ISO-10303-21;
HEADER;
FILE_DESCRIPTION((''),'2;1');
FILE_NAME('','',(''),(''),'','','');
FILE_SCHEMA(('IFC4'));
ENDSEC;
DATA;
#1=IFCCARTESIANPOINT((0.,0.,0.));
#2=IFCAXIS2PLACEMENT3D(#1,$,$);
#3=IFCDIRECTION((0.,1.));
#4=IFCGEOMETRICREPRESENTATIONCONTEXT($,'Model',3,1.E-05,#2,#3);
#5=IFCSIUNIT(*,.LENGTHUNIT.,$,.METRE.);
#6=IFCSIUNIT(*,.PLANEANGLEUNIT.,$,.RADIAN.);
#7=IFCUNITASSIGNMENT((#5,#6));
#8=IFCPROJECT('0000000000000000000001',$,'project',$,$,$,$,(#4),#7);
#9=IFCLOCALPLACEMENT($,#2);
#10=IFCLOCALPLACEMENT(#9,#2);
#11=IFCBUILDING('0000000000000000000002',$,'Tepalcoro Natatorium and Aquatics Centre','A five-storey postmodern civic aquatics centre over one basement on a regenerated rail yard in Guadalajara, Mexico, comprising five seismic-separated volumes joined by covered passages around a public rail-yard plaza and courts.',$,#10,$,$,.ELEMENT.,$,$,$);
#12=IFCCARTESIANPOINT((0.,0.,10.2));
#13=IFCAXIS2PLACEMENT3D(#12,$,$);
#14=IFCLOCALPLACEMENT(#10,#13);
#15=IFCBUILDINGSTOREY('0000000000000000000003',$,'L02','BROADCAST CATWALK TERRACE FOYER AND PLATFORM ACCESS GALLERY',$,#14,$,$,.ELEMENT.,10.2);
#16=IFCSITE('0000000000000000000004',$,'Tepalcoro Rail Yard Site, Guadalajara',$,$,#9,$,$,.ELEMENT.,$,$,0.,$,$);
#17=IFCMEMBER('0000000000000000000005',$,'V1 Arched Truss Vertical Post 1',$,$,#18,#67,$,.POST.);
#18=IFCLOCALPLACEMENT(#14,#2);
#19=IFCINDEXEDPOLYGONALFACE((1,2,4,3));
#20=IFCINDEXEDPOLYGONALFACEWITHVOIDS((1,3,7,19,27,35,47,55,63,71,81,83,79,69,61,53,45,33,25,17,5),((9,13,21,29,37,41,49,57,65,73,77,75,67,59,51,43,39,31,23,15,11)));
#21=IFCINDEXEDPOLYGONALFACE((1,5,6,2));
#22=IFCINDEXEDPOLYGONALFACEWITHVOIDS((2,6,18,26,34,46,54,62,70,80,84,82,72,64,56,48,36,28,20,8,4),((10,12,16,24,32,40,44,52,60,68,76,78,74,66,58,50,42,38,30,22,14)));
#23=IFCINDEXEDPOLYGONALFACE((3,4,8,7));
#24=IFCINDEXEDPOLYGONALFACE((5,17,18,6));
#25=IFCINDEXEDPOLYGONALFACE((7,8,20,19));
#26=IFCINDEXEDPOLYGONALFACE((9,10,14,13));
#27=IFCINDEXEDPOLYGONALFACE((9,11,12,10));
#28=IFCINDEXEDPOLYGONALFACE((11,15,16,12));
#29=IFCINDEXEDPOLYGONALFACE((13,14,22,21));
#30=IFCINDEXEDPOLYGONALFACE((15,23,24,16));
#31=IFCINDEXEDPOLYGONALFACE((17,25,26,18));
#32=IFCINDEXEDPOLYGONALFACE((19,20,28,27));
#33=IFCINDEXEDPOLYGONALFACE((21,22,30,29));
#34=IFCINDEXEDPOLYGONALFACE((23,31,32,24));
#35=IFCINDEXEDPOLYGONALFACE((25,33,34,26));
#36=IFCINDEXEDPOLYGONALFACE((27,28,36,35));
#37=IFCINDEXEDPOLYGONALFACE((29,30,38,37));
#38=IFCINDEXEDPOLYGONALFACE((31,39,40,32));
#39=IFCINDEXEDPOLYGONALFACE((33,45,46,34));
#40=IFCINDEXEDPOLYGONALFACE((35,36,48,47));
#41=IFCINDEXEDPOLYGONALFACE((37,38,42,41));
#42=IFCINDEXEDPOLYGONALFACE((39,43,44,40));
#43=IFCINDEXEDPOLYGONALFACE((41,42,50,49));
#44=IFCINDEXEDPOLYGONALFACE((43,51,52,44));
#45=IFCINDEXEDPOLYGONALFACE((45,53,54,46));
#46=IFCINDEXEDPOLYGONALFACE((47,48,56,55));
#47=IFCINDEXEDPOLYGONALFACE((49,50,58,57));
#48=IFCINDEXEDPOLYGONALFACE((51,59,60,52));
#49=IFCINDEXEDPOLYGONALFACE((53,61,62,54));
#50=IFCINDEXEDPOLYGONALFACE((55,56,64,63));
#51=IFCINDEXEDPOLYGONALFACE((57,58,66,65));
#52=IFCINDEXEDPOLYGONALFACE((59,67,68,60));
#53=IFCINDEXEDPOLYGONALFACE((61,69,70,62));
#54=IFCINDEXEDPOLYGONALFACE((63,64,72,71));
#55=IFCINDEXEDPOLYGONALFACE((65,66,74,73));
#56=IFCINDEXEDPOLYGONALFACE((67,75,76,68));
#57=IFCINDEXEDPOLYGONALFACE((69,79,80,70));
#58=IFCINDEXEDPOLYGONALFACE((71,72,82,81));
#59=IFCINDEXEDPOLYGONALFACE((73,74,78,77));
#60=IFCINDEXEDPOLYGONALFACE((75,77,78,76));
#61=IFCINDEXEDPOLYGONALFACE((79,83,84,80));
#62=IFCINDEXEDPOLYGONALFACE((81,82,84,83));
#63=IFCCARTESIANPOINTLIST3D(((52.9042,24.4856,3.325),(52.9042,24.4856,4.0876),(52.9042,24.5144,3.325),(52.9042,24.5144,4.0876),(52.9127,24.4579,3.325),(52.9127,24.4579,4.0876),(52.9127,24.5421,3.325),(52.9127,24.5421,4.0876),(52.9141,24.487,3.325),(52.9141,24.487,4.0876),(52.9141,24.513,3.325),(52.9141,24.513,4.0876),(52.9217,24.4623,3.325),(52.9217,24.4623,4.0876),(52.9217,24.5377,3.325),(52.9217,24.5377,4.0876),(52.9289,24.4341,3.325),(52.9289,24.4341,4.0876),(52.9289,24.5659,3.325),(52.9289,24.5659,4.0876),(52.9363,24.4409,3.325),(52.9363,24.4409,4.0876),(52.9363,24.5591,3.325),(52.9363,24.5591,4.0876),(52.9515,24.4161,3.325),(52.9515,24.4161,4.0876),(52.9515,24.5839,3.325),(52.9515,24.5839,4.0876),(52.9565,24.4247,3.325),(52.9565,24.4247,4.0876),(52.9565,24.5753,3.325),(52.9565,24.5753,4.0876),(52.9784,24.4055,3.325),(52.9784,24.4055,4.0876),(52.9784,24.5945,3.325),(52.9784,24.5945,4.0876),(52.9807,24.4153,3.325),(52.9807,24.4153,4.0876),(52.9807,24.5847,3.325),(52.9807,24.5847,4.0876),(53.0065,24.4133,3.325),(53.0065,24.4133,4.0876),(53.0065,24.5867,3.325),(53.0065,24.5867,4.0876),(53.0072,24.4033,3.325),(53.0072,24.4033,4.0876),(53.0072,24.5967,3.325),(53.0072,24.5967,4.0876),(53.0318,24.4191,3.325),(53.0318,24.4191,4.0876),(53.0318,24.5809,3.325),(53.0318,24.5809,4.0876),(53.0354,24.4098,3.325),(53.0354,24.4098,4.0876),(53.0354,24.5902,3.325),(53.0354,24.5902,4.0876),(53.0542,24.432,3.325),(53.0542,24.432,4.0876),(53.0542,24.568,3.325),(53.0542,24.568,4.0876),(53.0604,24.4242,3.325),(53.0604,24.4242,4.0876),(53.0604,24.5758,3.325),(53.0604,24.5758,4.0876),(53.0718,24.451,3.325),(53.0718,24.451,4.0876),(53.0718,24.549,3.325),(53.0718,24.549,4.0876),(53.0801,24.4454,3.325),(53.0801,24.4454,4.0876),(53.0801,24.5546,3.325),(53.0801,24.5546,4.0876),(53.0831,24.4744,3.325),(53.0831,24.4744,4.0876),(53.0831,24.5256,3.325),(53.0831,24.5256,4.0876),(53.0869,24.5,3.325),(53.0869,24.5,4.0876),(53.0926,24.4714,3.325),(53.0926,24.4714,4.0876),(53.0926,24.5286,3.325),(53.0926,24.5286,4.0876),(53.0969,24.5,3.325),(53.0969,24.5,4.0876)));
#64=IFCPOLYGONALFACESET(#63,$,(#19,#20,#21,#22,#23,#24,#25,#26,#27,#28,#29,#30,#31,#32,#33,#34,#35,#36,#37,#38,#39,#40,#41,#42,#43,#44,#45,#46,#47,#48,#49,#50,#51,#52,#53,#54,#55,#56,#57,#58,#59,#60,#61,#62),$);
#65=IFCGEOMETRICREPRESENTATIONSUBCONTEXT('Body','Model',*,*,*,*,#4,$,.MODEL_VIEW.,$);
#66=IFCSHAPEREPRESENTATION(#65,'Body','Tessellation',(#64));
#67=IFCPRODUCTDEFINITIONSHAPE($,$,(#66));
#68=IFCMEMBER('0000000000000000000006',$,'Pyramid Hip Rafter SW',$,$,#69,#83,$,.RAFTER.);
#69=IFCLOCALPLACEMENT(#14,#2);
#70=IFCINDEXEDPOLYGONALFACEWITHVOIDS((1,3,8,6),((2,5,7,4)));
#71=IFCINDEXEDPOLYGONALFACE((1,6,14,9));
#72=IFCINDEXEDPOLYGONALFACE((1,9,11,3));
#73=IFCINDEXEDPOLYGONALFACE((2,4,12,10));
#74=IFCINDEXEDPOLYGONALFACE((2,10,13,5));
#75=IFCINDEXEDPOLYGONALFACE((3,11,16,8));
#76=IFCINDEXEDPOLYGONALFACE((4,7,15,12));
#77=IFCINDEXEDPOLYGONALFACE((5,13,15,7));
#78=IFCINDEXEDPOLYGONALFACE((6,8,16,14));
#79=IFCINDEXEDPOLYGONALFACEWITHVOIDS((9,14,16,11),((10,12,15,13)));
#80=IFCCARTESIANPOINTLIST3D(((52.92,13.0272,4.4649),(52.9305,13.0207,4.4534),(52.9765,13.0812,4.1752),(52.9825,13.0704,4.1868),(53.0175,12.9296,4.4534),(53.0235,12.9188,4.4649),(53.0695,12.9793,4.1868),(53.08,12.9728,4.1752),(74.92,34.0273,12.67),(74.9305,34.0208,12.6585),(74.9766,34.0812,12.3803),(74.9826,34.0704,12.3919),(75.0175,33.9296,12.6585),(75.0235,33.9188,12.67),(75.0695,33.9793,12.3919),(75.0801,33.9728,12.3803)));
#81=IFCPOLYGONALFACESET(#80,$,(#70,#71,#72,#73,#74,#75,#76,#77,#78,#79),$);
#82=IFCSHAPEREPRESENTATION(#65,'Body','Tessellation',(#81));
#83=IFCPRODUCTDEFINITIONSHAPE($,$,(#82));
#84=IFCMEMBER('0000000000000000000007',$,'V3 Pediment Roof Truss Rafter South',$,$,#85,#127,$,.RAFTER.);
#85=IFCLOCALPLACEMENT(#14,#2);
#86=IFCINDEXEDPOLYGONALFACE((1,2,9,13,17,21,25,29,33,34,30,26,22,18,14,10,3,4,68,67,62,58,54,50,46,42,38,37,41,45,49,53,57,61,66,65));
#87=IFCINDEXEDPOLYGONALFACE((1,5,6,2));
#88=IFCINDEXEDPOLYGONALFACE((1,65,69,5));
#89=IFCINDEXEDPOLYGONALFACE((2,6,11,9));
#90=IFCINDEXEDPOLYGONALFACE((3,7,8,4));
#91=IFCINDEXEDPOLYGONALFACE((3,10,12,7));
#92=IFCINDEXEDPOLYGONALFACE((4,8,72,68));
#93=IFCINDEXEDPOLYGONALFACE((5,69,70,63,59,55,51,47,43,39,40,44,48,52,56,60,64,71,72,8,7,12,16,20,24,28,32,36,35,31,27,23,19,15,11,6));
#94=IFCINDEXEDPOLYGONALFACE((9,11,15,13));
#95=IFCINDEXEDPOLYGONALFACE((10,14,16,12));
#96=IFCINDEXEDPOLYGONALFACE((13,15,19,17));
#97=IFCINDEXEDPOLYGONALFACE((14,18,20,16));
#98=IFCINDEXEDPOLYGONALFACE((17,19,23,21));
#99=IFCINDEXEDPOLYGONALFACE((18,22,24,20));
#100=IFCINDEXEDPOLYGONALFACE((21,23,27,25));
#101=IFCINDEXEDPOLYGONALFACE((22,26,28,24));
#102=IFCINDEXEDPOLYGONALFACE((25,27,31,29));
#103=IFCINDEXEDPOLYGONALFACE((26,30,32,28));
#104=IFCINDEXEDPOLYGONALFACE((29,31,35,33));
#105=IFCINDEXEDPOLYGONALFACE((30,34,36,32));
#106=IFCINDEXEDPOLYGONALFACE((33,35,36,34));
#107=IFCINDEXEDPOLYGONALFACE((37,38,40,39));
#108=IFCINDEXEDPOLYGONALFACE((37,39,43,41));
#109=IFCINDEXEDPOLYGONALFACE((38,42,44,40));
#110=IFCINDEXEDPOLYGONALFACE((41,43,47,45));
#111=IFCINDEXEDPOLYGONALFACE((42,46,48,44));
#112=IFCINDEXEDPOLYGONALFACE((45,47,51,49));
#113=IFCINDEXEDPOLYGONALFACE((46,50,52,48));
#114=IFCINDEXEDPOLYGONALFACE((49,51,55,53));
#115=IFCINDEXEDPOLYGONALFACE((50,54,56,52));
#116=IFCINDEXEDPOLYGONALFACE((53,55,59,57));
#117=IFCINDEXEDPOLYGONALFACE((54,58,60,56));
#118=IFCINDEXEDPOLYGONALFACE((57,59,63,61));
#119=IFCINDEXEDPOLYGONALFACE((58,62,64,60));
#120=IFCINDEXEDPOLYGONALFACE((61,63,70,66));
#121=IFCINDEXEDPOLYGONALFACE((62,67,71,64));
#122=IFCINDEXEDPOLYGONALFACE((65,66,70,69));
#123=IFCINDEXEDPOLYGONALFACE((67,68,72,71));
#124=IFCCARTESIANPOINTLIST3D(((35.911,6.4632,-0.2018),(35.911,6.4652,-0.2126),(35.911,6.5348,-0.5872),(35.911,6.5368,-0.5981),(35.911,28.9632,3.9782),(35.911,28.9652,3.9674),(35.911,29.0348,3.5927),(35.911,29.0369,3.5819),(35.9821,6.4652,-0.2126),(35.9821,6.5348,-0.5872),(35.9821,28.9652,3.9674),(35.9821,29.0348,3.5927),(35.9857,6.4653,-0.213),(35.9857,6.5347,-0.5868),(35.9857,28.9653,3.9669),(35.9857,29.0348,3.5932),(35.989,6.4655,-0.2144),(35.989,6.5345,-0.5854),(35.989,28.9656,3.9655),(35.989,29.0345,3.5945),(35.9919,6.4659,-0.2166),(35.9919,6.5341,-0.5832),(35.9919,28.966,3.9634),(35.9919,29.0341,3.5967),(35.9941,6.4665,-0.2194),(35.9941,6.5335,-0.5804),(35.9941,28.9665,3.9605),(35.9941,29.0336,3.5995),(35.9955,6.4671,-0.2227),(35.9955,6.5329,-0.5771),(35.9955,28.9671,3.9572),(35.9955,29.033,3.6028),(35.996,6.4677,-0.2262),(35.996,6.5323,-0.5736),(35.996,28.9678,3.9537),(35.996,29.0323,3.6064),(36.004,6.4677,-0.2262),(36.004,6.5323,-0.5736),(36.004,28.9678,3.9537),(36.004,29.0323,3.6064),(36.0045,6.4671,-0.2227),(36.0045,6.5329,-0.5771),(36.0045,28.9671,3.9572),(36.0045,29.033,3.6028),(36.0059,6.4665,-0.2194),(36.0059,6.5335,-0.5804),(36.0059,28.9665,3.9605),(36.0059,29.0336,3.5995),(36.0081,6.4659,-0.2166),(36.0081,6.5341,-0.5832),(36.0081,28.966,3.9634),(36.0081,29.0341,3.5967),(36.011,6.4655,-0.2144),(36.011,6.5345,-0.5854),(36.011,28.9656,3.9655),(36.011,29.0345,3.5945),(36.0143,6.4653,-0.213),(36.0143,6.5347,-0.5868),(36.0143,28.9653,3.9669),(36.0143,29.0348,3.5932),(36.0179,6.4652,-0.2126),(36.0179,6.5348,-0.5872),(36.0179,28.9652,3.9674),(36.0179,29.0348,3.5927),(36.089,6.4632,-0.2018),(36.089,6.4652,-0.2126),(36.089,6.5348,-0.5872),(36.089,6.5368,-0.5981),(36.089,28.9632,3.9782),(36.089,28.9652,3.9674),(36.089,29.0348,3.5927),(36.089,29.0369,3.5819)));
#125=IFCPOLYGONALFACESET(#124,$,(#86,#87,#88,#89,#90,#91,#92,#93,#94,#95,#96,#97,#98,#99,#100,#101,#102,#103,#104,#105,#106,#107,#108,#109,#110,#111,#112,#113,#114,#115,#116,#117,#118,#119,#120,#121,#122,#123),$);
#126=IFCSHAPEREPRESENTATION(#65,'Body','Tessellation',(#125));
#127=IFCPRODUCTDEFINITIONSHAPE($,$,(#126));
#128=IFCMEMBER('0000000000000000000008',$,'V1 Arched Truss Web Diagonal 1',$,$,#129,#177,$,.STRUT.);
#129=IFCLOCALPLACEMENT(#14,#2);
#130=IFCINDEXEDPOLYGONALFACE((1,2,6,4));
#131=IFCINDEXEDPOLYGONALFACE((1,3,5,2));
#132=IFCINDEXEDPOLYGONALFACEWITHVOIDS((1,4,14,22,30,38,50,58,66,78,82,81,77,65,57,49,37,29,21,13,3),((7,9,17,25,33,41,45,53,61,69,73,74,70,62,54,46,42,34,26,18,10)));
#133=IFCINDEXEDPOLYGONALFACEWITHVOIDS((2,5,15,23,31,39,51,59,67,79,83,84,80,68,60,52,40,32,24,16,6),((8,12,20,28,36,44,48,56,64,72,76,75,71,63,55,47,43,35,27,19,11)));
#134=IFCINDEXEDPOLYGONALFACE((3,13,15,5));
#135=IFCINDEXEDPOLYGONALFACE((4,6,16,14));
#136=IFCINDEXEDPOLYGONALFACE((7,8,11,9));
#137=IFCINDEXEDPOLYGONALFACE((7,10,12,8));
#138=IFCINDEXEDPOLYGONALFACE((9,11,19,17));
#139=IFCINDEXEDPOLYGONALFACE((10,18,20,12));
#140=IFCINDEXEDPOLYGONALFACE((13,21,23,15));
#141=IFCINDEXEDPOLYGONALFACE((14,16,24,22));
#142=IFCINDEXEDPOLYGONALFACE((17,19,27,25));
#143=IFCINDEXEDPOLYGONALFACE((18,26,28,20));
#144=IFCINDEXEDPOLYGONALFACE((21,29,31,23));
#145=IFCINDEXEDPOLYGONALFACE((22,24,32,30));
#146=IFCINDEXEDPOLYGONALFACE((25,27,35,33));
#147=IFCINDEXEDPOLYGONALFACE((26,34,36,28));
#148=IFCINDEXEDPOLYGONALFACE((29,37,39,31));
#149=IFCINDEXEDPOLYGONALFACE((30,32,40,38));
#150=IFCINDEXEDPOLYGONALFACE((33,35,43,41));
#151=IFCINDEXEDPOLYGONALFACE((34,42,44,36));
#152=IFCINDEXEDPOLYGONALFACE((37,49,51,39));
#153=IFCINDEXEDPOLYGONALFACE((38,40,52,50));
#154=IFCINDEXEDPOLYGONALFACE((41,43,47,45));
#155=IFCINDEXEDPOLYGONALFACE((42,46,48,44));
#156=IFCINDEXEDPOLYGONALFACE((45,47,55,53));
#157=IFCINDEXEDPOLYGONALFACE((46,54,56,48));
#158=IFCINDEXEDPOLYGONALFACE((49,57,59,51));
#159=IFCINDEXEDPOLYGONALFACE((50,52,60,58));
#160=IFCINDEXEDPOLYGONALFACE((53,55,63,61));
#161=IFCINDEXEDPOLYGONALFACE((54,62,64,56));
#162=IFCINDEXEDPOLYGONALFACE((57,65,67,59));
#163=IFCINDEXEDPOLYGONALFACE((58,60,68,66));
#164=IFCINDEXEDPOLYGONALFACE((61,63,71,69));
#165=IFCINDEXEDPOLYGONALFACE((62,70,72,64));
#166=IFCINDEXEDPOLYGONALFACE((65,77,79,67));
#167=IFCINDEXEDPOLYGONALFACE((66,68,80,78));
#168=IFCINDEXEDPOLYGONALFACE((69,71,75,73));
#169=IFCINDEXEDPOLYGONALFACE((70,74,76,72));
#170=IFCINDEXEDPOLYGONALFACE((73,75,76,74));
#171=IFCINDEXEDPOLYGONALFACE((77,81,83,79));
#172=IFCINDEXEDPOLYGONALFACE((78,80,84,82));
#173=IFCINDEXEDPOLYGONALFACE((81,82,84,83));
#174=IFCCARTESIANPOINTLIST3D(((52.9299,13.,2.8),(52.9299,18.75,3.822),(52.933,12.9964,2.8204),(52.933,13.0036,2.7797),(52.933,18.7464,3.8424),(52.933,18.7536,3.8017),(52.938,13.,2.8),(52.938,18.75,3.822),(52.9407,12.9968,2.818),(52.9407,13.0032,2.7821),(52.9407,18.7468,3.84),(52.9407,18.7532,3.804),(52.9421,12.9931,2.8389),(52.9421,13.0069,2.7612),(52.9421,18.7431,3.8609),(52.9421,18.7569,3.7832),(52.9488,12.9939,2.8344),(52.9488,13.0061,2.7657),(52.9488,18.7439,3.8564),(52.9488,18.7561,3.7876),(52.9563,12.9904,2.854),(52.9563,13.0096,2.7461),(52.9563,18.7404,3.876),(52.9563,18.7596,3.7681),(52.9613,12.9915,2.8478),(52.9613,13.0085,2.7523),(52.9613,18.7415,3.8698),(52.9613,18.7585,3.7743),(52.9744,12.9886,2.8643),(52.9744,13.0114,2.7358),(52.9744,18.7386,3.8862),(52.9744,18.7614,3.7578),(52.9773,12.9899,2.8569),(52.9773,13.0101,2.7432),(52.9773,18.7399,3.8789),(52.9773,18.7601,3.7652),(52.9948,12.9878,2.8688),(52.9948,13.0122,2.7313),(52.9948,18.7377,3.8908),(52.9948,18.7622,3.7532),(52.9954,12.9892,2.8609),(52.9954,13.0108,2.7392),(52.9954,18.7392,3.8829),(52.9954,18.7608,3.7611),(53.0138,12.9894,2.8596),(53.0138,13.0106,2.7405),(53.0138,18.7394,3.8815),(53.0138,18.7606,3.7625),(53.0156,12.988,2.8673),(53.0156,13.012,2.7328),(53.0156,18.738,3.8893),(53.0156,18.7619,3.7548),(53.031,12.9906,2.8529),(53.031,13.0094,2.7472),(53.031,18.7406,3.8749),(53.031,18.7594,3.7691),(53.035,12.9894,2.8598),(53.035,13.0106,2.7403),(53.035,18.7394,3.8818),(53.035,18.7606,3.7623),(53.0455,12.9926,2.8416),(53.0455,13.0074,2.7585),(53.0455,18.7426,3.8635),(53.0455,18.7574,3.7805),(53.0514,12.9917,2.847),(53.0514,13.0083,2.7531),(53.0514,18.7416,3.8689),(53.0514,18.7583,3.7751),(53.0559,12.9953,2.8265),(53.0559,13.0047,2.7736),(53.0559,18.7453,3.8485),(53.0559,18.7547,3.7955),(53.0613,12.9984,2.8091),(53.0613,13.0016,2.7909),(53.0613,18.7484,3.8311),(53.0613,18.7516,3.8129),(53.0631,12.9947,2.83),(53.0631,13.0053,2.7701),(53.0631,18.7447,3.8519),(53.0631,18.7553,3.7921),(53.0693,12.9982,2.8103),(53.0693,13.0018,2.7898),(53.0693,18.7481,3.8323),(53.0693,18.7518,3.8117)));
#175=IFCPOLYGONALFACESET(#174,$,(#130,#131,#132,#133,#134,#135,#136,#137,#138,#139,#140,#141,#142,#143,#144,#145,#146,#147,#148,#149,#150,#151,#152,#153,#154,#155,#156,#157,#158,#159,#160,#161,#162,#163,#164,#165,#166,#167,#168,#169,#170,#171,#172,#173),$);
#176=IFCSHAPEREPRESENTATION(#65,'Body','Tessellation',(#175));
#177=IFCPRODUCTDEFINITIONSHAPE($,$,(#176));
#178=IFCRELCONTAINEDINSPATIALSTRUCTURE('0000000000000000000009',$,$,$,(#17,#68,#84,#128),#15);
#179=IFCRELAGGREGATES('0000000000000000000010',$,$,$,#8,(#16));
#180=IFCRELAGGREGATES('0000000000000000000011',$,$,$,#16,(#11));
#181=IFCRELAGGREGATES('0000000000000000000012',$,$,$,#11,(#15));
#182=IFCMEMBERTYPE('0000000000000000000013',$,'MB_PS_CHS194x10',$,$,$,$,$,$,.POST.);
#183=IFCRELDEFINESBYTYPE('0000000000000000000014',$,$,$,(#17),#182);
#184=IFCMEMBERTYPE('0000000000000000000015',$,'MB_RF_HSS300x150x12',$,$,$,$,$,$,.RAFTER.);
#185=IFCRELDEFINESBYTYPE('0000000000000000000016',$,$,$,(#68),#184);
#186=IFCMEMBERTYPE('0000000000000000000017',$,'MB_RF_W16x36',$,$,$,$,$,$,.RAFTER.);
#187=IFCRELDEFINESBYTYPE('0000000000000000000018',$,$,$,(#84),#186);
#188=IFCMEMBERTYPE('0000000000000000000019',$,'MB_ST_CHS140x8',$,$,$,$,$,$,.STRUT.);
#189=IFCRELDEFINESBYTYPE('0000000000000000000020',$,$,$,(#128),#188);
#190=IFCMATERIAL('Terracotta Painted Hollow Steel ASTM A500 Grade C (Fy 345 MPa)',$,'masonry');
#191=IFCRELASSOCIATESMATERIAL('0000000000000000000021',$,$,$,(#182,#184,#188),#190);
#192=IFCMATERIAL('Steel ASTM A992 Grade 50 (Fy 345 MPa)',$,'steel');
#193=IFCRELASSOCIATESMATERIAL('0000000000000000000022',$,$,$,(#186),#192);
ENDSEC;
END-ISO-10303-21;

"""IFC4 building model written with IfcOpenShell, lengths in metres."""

from ifc_helpers import new_model, si_unit, direction, frame, origin, origin_2d, place, context, subcontext, project, spatial, hollow_rectangle, hollow_circle, i_section, extrude, material, material_profile, profile_set, type_object, element, save


model = new_model("IFC4")

# Units and contexts
model_context = context("Model", 3, precision=1e-05, world=origin(), true_north=direction((0.0, 1.0)))
body_context = subcontext(model_context, "Body", "Model", "MODEL_VIEW")
ifc_project = project(units=[si_unit("LENGTHUNIT", "METRE"), si_unit("PLANEANGLEUNIT", "RADIAN")], contexts=[model_context])

# Site, building, storey
site_placement = place(None, origin())
site = spatial("IfcSite", under=ifc_project, at=site_placement, Name="Tepalcoro Rail Yard Site, Guadalajara", CompositionType="ELEMENT", RefElevation=0.0)
building_placement = place(site_placement, origin())
building = spatial("IfcBuilding", under=site, at=building_placement, Name="Tepalcoro Natatorium and Aquatics Centre", Description="A five-storey postmodern civic aquatics centre over one basement on a regenerated rail yard in Guadalajara, Mexico, comprising five seismic-separated volumes joined by covered passages around a public rail-yard plaza and courts.", CompositionType="ELEMENT")
storey_placement = place(building_placement, frame((0.0, 0.0, 10.2)))
storey = spatial("IfcBuildingStorey", under=building, at=storey_placement, Name="L02", Description="BROADCAST CATWALK TERRACE FOYER AND PLATFORM ACCESS GALLERY", CompositionType="ELEMENT", Elevation=10.2)

# Shared definitions
ifc_material_1 = material(Name="Steel ASTM A992 Grade 50 (Fy 345 MPa)", Category="steel")

# Shared definitions
ifc_material_2 = material(Name="Terracotta Painted Hollow Steel ASTM A500 Grade C (Fy 345 MPa)", Category="masonry")

# Members
ifc_material_profile_1 = material_profile(ifc_material_2, hollow_circle(Radius=0.0969, WallThickness=0.01, at=origin_2d()), Name="CHS194X10")
ifc_profile_set_1 = profile_set([ifc_material_profile_1], Name="Terracotta Painted Hollow Steel ASTM A500 Grade C (Fy 345 MPa)")
member_type_1 = type_object("IfcMemberType", Name="MB_PS_CHS194x10", PredefinedType="POST", material=ifc_profile_set_1)
member_1_placement = place(storey_placement, frame((53.0, 24.5, 3.325), z_axis=(0.0, 0.0, 1.0), x_axis=(1.0, 0.0, 0.0)))
element("IfcMember", 1, at=member_1_placement, inside=storey, type_object=member_type_1, Name="V1 Arched Truss Vertical Post 1", PredefinedType="POST", context=body_context, shape_type="SweptSolid", body=[
    extrude(hollow_circle(Radius=0.0969, WallThickness=0.01, at=origin_2d()), origin(), (0.0, 0.0, 1.0), 0.7627),
])
ifc_material_profile_2 = material_profile(ifc_material_2, hollow_rectangle(XDim=0.1499, YDim=0.3, WallThickness=0.012, at=origin_2d()), Name="HSS300X150X12")
ifc_profile_set_2 = profile_set([ifc_material_profile_2], Name="Terracotta Painted Hollow Steel ASTM A500 Grade C (Fy 345 MPa)")
member_type_2 = type_object("IfcMemberType", Name="MB_RF_HSS300x150x12", PredefinedType="RAFTER", material=ifc_profile_set_2)
member_2_placement = place(storey_placement, frame((53.0, 13.0, 4.3201), z_axis=(0.698387, 0.666642, 0.260469), x_axis=(-0.690476, 0.723356, 0.0)))
element("IfcMember", 2, at=member_2_placement, inside=storey, type_object=member_type_2, Name="Pyramid Hip Rafter SW", PredefinedType="RAFTER", context=body_context, shape_type="SweptSolid", body=[
    extrude(hollow_rectangle(XDim=0.1499, YDim=0.3, WallThickness=0.012, at=origin_2d()), origin(), (0.0, 0.0, 1.0), 31.5012),
])
ifc_material_profile_3 = material_profile(ifc_material_1, i_section(OverallWidth=0.178, OverallDepth=0.4031, WebThickness=0.0081, FlangeThickness=0.011, FilletRadius=0.0139, at=origin_2d()), Name="W16X36")
ifc_profile_set_3 = profile_set([ifc_material_profile_3], Name="Steel ASTM A992 Grade 50 (Fy 345 MPa)")
member_type_3 = type_object("IfcMemberType", Name="MB_RF_W16x36", PredefinedType="RAFTER", material=ifc_profile_set_3)
member_3_placement = place(storey_placement, frame((36.0, 6.5, -0.3999), z_axis=(0.0, 0.983178, 0.18265), x_axis=(-1.0, 0.0, 0.0)))
element("IfcMember", 3, at=member_3_placement, inside=storey, type_object=member_type_3, Name="V3 Pediment Roof Truss Rafter South", PredefinedType="RAFTER", context=body_context, shape_type="SweptSolid", body=[
    extrude(i_section(OverallWidth=0.178, OverallDepth=0.4031, WebThickness=0.0081, FlangeThickness=0.011, FilletRadius=0.0139, at=origin_2d()), origin(), (0.0, 0.0, 1.0), 22.885),
])
ifc_material_profile_4 = material_profile(ifc_material_2, hollow_circle(Radius=0.0701, WallThickness=0.0081, at=origin_2d()), Name="CHS140X8")
ifc_profile_set_4 = profile_set([ifc_material_profile_4], Name="Terracotta Painted Hollow Steel ASTM A500 Grade C (Fy 345 MPa)")
member_type_4 = type_object("IfcMemberType", Name="MB_ST_CHS140x8", PredefinedType="STRUT", material=ifc_profile_set_4)
member_4_placement = place(storey_placement, frame((53.0, 13.0, 2.8), z_axis=(0.0, 0.98457, 0.174992), x_axis=(-1.0, 0.0, 0.0)))
element("IfcMember", 4, at=member_4_placement, inside=storey, type_object=member_type_4, Name="V1 Arched Truss Web Diagonal 1", PredefinedType="STRUT", context=body_context, shape_type="SweptSolid", body=[
    extrude(hollow_circle(Radius=0.0701, WallThickness=0.0081, at=origin_2d()), origin(), (0.0, 0.0, 1.0), 5.8401),
])

save(model, "model.ifc")
